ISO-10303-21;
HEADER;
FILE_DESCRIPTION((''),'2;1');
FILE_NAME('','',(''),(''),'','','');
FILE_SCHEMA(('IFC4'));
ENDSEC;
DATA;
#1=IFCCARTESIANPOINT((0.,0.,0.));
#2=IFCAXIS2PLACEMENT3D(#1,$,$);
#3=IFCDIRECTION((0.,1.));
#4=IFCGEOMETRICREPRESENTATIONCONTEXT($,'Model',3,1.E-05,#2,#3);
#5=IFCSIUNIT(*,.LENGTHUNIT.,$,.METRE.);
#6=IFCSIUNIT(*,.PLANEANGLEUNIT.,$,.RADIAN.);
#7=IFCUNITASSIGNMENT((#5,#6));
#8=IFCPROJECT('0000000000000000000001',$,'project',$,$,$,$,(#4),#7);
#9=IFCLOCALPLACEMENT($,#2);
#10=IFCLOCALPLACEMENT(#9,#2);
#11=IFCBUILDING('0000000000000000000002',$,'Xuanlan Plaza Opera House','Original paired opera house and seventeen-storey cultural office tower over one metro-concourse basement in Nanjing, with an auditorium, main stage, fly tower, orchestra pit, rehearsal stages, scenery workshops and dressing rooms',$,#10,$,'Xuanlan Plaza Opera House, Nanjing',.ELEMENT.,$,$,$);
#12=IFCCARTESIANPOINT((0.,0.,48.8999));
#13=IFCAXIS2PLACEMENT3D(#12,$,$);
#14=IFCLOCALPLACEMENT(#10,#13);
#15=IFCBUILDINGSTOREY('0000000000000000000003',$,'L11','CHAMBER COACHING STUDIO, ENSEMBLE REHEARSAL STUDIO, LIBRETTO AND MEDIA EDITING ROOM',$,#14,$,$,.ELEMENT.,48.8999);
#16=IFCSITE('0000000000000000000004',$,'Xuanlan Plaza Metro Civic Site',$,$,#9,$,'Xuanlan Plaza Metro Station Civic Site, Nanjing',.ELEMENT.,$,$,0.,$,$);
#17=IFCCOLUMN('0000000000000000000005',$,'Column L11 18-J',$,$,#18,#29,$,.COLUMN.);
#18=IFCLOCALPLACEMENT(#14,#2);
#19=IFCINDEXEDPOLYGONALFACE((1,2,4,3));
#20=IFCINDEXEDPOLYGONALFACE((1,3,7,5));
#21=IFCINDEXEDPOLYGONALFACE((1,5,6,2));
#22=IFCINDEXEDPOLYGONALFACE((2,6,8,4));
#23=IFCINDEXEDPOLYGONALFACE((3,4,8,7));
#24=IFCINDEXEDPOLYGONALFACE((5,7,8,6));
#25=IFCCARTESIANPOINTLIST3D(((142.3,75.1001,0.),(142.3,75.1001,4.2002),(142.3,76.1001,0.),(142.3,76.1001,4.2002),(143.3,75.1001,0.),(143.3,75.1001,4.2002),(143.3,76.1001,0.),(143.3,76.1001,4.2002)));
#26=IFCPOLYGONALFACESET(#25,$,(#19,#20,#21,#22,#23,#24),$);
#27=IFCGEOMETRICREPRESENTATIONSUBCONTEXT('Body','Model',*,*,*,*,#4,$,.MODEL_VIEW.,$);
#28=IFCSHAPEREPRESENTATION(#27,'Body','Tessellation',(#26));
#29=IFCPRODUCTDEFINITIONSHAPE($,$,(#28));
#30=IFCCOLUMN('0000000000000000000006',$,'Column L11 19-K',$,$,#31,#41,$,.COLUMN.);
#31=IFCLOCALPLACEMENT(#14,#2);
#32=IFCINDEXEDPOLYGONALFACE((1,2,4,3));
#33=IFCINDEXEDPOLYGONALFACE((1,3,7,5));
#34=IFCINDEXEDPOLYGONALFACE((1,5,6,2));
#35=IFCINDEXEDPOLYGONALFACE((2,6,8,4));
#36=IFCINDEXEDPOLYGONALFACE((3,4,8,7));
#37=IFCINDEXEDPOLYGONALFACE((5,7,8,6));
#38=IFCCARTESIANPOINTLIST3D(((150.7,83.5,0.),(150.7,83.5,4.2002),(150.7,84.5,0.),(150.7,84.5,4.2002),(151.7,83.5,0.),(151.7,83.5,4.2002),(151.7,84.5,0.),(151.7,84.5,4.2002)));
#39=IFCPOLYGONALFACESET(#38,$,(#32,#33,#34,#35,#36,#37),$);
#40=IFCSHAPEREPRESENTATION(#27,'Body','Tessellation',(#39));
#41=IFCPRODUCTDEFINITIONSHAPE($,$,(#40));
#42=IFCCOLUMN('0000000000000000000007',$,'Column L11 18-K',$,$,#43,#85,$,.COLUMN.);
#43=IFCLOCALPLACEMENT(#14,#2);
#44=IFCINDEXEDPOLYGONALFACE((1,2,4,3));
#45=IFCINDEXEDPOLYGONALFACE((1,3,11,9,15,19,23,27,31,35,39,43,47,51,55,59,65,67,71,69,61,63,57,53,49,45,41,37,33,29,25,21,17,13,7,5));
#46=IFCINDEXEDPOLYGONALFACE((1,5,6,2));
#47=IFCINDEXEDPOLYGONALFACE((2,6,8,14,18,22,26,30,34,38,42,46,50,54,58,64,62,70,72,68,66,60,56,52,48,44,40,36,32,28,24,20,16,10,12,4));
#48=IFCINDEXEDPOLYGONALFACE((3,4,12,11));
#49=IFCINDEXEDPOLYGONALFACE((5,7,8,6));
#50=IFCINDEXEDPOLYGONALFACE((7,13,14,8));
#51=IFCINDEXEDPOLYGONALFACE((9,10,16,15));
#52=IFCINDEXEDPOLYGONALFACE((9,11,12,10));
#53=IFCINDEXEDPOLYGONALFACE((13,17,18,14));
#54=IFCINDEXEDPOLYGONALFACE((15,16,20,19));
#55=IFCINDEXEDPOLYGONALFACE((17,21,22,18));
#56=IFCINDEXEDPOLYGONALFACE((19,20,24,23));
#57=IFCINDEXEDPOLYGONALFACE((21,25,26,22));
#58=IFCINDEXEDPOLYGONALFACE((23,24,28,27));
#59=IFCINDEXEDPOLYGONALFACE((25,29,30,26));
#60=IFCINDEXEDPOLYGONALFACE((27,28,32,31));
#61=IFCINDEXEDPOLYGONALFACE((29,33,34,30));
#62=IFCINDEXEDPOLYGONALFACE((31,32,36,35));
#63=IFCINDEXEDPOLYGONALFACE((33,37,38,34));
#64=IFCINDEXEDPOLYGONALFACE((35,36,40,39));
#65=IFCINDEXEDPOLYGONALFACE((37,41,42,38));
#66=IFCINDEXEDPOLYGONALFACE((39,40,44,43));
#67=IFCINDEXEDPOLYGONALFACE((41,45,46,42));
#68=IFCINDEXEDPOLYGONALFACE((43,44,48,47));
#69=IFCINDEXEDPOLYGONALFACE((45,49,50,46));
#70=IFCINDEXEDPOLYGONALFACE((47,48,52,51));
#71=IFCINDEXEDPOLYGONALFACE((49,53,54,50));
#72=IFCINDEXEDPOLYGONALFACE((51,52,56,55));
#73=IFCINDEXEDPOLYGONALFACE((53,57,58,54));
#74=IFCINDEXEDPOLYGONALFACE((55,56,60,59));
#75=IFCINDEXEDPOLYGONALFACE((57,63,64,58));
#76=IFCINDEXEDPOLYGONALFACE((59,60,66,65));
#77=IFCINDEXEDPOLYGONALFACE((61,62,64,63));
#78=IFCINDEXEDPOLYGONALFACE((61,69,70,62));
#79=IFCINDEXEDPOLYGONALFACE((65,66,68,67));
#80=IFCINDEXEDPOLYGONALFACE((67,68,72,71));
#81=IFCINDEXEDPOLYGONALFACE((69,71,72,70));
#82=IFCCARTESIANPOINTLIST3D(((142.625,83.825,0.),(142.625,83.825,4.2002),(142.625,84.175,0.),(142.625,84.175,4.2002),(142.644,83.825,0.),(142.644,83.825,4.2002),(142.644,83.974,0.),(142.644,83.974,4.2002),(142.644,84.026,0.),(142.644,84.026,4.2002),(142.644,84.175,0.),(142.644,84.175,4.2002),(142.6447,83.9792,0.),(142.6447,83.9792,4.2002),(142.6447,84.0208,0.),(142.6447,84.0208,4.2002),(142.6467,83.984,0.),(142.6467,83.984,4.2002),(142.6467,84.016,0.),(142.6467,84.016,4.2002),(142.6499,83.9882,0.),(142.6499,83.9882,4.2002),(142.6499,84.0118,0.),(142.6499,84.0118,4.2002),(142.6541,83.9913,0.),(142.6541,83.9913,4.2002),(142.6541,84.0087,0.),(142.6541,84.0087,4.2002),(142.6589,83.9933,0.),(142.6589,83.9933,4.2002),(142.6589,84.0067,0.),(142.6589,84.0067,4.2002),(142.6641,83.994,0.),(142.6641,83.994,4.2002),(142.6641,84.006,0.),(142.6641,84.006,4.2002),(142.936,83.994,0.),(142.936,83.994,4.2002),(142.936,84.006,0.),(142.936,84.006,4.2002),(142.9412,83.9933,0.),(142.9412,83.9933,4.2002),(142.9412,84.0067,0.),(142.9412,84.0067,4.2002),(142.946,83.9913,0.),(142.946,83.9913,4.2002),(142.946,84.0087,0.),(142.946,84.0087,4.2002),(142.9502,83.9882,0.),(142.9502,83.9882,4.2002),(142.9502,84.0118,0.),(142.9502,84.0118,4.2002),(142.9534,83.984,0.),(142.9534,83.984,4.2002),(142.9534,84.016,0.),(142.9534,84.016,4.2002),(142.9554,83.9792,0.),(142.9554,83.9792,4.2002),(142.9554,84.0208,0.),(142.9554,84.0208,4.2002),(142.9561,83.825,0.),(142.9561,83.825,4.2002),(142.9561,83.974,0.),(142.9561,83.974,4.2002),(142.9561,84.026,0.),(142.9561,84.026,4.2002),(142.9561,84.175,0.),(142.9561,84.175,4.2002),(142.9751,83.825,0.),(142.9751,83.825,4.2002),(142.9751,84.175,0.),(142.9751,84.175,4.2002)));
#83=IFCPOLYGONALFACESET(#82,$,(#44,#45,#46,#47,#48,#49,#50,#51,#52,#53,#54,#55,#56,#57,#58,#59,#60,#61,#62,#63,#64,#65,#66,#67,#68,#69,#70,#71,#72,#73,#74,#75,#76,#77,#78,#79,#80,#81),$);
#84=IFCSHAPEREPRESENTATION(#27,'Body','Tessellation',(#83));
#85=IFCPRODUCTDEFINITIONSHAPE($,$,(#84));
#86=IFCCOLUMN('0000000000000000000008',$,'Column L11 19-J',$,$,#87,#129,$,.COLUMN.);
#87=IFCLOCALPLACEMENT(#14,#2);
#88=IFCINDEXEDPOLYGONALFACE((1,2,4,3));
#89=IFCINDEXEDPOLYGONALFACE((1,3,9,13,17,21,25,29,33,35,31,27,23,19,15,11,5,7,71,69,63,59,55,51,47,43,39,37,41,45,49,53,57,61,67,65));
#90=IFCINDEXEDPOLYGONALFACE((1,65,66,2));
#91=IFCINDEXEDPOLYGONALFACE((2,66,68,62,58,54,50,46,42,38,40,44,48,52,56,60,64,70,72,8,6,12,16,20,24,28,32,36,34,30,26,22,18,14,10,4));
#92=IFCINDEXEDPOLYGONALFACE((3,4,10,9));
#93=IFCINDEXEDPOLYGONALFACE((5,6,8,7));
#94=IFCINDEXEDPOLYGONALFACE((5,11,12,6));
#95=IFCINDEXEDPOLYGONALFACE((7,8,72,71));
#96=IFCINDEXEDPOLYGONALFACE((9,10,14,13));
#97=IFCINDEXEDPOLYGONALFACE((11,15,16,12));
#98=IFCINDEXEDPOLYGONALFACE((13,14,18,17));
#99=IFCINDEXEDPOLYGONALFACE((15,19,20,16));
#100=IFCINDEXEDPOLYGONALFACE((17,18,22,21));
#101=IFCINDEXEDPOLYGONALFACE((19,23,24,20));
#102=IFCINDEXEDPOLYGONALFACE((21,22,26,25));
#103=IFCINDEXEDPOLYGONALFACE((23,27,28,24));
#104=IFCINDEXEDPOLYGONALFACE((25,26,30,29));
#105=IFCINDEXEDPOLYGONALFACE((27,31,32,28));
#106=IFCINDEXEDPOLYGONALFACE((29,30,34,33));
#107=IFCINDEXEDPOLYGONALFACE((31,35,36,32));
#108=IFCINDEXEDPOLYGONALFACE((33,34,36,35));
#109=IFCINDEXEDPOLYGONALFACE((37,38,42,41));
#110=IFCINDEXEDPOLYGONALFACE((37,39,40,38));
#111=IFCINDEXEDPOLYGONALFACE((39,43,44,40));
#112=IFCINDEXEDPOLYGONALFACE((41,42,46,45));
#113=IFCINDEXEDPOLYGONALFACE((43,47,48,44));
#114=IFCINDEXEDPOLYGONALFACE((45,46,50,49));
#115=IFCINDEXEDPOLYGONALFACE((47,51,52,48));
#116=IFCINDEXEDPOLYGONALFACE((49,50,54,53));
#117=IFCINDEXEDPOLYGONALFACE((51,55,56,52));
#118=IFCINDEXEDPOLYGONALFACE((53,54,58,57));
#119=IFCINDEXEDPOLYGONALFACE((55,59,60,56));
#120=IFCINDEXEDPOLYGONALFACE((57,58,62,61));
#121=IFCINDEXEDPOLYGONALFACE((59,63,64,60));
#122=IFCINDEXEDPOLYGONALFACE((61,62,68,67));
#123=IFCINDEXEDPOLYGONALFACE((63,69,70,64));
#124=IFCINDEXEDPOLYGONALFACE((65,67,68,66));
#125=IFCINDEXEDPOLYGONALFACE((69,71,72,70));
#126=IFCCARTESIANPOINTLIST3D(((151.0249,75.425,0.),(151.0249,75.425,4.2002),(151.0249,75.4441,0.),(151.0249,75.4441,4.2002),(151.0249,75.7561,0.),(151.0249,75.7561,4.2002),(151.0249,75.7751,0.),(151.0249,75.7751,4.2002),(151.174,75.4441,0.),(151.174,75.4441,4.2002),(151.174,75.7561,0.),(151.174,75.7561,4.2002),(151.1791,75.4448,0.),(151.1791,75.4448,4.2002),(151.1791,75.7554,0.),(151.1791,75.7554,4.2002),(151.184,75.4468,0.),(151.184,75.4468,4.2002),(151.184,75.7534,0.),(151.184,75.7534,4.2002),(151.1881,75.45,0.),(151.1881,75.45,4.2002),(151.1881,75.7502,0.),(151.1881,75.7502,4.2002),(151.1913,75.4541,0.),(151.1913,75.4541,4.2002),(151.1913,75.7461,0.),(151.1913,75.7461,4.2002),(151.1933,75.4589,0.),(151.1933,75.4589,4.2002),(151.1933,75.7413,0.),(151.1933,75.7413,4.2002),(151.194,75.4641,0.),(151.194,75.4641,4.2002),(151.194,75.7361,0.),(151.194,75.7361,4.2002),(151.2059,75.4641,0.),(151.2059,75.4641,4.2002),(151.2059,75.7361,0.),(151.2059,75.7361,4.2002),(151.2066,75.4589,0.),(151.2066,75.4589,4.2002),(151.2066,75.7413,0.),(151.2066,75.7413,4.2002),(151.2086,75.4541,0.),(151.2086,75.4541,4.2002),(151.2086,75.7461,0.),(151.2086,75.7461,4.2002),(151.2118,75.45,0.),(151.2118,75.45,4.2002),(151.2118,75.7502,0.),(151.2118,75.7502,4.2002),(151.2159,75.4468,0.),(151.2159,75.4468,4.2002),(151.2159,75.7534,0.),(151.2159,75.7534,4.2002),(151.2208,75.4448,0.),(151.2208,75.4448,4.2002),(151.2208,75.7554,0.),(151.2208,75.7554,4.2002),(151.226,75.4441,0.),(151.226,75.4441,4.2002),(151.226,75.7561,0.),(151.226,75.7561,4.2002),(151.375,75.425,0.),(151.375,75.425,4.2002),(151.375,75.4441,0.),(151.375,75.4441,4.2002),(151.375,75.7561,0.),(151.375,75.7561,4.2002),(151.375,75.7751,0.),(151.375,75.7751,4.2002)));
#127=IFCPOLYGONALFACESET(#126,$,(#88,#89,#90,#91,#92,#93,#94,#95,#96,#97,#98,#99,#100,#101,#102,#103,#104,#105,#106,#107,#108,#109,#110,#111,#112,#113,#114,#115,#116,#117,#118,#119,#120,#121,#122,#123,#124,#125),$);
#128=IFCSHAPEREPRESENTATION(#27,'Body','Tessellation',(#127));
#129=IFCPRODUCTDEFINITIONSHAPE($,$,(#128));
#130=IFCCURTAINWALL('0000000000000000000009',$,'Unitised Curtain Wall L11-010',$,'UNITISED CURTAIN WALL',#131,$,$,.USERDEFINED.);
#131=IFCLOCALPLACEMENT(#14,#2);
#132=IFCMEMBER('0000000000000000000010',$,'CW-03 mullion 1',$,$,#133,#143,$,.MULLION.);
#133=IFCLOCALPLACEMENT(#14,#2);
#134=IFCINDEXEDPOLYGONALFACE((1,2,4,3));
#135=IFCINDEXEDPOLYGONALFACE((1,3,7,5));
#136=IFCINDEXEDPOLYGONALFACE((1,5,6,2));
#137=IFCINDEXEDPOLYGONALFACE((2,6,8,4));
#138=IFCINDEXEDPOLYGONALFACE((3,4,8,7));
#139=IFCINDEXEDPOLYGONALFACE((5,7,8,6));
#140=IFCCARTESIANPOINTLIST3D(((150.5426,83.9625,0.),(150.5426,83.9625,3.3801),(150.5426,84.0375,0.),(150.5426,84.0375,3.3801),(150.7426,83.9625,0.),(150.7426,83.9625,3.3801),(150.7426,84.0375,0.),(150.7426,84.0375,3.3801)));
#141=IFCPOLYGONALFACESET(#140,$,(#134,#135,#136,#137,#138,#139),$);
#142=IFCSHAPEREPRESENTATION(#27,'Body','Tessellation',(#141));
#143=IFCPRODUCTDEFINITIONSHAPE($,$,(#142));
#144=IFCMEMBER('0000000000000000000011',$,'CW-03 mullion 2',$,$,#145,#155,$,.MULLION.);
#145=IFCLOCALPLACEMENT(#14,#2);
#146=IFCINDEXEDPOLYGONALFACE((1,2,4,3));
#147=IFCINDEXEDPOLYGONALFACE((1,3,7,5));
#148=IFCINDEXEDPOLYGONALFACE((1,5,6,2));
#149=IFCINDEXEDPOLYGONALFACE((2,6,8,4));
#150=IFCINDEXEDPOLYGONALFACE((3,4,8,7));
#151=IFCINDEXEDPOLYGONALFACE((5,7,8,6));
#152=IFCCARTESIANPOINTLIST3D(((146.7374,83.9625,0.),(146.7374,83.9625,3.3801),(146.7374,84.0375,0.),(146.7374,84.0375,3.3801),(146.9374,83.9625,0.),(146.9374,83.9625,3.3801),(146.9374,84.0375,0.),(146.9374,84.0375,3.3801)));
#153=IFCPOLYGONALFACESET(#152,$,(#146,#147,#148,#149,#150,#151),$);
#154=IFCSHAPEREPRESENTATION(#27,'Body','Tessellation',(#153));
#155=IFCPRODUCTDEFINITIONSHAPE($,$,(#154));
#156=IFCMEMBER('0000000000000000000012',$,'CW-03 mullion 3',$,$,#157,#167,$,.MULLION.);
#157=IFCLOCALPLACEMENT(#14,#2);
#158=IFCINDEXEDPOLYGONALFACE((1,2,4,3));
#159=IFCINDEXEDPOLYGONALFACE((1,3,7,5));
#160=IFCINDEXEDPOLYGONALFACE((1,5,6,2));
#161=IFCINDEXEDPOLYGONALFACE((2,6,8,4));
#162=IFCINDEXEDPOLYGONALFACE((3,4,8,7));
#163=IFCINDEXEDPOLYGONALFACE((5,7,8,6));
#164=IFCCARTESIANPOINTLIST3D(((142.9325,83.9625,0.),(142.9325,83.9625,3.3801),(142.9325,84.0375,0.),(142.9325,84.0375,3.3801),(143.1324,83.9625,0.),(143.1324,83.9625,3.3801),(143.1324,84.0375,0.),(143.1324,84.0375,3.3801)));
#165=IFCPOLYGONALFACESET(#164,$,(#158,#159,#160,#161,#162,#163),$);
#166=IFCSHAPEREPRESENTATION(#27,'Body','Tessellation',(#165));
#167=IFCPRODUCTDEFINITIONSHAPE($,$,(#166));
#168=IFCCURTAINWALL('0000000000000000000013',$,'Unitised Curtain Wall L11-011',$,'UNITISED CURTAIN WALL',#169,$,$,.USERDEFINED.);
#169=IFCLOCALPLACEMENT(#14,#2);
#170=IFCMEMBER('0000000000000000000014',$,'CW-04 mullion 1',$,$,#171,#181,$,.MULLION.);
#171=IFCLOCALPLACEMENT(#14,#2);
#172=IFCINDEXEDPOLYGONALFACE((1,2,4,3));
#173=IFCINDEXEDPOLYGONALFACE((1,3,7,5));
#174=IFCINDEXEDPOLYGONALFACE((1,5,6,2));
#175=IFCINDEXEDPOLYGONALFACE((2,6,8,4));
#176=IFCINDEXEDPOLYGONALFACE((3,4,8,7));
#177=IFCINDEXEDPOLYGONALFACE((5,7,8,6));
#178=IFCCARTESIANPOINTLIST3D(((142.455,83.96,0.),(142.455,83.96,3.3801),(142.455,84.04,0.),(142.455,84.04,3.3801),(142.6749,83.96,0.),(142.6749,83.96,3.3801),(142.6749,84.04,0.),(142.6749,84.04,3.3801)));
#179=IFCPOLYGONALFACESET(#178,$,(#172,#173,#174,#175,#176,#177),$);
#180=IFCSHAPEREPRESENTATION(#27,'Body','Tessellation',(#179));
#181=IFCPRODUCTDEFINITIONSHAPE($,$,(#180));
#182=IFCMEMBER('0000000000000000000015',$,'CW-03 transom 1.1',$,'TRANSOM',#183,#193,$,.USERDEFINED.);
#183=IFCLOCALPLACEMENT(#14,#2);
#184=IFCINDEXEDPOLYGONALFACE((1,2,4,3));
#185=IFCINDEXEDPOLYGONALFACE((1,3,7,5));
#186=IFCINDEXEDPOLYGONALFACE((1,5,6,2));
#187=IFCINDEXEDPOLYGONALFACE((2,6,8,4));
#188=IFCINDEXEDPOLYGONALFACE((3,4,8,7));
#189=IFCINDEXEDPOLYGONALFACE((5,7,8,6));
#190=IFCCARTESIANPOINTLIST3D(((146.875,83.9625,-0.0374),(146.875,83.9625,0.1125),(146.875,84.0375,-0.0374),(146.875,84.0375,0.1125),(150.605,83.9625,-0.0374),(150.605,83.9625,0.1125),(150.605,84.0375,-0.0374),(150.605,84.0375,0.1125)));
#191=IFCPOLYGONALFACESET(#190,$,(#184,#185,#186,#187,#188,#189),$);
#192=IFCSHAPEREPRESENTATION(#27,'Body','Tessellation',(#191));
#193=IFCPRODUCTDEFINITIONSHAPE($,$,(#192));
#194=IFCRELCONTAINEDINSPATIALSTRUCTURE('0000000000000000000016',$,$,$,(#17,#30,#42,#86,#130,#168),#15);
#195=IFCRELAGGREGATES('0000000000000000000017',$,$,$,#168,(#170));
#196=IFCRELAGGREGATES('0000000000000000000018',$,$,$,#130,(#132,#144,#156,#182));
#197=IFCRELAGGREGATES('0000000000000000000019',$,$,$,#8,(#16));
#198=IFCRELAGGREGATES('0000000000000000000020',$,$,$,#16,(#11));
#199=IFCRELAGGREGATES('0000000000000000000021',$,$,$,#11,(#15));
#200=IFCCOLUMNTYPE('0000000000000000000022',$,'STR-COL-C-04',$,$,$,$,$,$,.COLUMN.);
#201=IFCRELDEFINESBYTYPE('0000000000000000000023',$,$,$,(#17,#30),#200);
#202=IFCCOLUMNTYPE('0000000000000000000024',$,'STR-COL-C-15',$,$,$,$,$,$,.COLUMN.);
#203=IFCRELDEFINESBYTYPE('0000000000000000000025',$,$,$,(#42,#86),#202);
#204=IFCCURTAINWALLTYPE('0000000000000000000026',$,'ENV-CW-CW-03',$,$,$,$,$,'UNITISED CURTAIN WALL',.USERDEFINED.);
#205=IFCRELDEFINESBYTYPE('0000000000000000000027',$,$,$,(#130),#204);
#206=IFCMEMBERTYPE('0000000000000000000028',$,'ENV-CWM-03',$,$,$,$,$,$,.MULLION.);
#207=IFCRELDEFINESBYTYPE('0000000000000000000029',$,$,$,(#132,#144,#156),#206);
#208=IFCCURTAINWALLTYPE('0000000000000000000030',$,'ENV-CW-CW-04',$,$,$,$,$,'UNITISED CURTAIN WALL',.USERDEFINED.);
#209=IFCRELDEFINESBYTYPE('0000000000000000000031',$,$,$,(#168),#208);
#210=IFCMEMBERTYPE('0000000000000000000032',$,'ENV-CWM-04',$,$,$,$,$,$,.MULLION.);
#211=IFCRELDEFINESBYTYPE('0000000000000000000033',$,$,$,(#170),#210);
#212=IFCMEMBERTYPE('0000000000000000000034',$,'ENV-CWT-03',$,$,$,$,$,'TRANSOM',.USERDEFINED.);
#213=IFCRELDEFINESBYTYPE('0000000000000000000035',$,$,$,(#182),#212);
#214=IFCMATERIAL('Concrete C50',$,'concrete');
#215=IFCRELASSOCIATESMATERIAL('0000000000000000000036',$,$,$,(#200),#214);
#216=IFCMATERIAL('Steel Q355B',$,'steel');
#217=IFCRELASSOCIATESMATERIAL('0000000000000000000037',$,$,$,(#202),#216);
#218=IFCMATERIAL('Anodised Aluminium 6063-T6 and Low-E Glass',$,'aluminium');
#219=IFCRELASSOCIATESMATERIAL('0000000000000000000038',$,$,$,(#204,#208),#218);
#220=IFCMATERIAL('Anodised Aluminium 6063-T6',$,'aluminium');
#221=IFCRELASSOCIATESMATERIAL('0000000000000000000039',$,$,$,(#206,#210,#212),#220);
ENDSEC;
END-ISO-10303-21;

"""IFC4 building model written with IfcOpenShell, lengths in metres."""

from ifc_helpers import new_model, si_unit, direction, frame, origin, origin_2d, place, context, subcontext, project, spatial, rectangle, i_section, extrude, material, material_profile, profile_set, type_object, element, aggregate, save


model = new_model("IFC4")

# Units and contexts
model_context = context("Model", 3, precision=1e-05, world=origin(), true_north=direction((0.0, 1.0)))
body_context = subcontext(model_context, "Body", "Model", "MODEL_VIEW")
ifc_project = project(units=[si_unit("LENGTHUNIT", "METRE"), si_unit("PLANEANGLEUNIT", "RADIAN")], contexts=[model_context])

# Site, building, storey
site_placement = place(None, origin())
site = spatial("IfcSite", under=ifc_project, at=site_placement, Name="Xuanlan Plaza Metro Civic Site", LongName="Xuanlan Plaza Metro Station Civic Site, Nanjing", CompositionType="ELEMENT", RefElevation=0.0)
building_placement = place(site_placement, origin())
building = spatial("IfcBuilding", under=site, at=building_placement, Name="Xuanlan Plaza Opera House", Description="Original paired opera house and seventeen-storey cultural office tower over one metro-concourse basement in Nanjing, with an auditorium, main stage, fly tower, orchestra pit, rehearsal stages, scenery workshops and dressing rooms", LongName="Xuanlan Plaza Opera House, Nanjing", CompositionType="ELEMENT")
storey_placement = place(building_placement, frame((0.0, 0.0, 48.8999)))
storey = spatial("IfcBuildingStorey", under=building, at=storey_placement, Name="L11", Description="CHAMBER COACHING STUDIO, ENSEMBLE REHEARSAL STUDIO, LIBRETTO AND MEDIA EDITING ROOM", CompositionType="ELEMENT", Elevation=48.8999)

# Columns
ifc_material_1 = material(Name="Concrete C50", Category="concrete")
ifc_material_profile_1 = material_profile(ifc_material_1, rectangle(XDim=1.0, YDim=1.0, at=origin_2d()), Name="RC-COL 1000x1000")
ifc_profile_set_1 = profile_set([ifc_material_profile_1], Name="Concrete C50")
column_type_1 = type_object("IfcColumnType", Name="STR-COL-C-04", PredefinedType="COLUMN", material=ifc_profile_set_1)
for number, where, z_axis, x_axis, name in (
    (1, (142.8, 75.6001, 0.0), (0.0, 0.0, 1.0), (1.0, 0.0, 0.0), "Column L11 18-J"),
    (2, (151.2, 84.0, 0.0), (0.0, 0.0, 1.0), (1.0, 0.0, 0.0), "Column L11 19-K"),
):
    element("IfcColumn", number, at=place(storey_placement, frame(where, z_axis=z_axis, x_axis=x_axis)), inside=storey, type_object=column_type_1, Name=name, PredefinedType="COLUMN", context=body_context, shape_type="SweptSolid", body=[
        extrude(rectangle(XDim=1.0, YDim=1.0, at=origin_2d()), origin(), (0.0, 0.0, 1.0), 4.2002),
    ])
ifc_material_2 = material(Name="Steel Q355B", Category="steel")
ifc_material_profile_2 = material_profile(ifc_material_2, i_section(OverallWidth=0.3501, OverallDepth=0.3501, WebThickness=0.012, FlangeThickness=0.019, FilletRadius=0.02, at=origin_2d()), Name="HW 350x350x12x19")
ifc_profile_set_2 = profile_set([ifc_material_profile_2], Name="Steel Q355B")
column_type_2 = type_object("IfcColumnType", Name="STR-COL-C-15", PredefinedType="COLUMN", material=ifc_profile_set_2)
for number, where, z_axis, x_axis, name in (
    (3, (142.8, 84.0, 0.0), (0.0, 0.0, 1.0), (0.0, 1.0, 0.0), "Column L11 18-K"),
    (4, (151.2, 75.6001, 0.0), (0.0, 0.0, 1.0), (1.0, 0.0, 0.0), "Column L11 19-J"),
):
    element("IfcColumn", number, at=place(storey_placement, frame(where, z_axis=z_axis, x_axis=x_axis)), inside=storey, type_object=column_type_2, Name=name, PredefinedType="COLUMN", context=body_context, shape_type="SweptSolid", body=[
        extrude(i_section(OverallWidth=0.3501, OverallDepth=0.3501, WebThickness=0.012, FlangeThickness=0.019, FilletRadius=0.02, at=origin_2d()), origin(), (0.0, 0.0, 1.0), 4.2002),
    ])

# Curtain wall, members
ifc_material_3 = material(Name="Anodised Aluminium 6063-T6 and Low-E Glass", Category="aluminium")
curtain_wall_type_1 = type_object("IfcCurtainWallType", Name="ENV-CW-CW-03", ElementType="UNITISED CURTAIN WALL", PredefinedType="USERDEFINED", material=ifc_material_3)
curtain_wall_1_placement = place(storey_placement, origin())
curtain_wall_1 = element("IfcCurtainWall", 5, at=curtain_wall_1_placement, inside=storey, type_object=curtain_wall_type_1, Name="Unitised Curtain Wall L11-010", ObjectType="UNITISED CURTAIN WALL", PredefinedType="USERDEFINED")
ifc_material_4 = material(Name="Anodised Aluminium 6063-T6", Category="aluminium")
ifc_material_profile_3 = material_profile(ifc_material_4, rectangle(XDim=0.075, YDim=0.2, at=origin_2d()), Name="ALU-M 75x200")
ifc_profile_set_3 = profile_set([ifc_material_profile_3], Name="Anodised Aluminium 6063-T6")
member_type_1 = type_object("IfcMemberType", Name="ENV-CWM-03", PredefinedType="MULLION", material=ifc_profile_set_3)
member_1_placement = place(storey_placement, frame((150.6426, 84.0, 0.0), z_axis=(0.0, 0.0, 1.0), x_axis=(0.0, -1.0, 0.0)))
member_1 = element("IfcMember", 6, at=member_1_placement, type_object=member_type_1, Name="CW-03 mullion 1", PredefinedType="MULLION", context=body_context, shape_type="SweptSolid", body=[
    extrude(rectangle(XDim=0.075, YDim=0.2, at=origin_2d()), origin(), (0.0, 0.0, 1.0), 3.3801),
])
member_2_placement = place(storey_placement, frame((146.8374, 84.0, 0.0), z_axis=(0.0, 0.0, 1.0), x_axis=(0.0, -1.0, 0.0)))
member_2 = element("IfcMember", 7, at=member_2_placement, type_object=member_type_1, Name="CW-03 mullion 2", PredefinedType="MULLION", context=body_context, shape_type="SweptSolid", body=[
    extrude(rectangle(XDim=0.075, YDim=0.2, at=origin_2d()), origin(), (0.0, 0.0, 1.0), 3.3801),
])
member_3_placement = place(storey_placement, frame((143.0325, 84.0, 0.0), z_axis=(0.0, 0.0, 1.0), x_axis=(0.0, -1.0, 0.0)))
member_3 = element("IfcMember", 8, at=member_3_placement, type_object=member_type_1, Name="CW-03 mullion 3", PredefinedType="MULLION", context=body_context, shape_type="SweptSolid", body=[
    extrude(rectangle(XDim=0.075, YDim=0.2, at=origin_2d()), origin(), (0.0, 0.0, 1.0), 3.3801),
])

# Curtain wall, member
curtain_wall_type_2 = type_object("IfcCurtainWallType", Name="ENV-CW-CW-04", ElementType="UNITISED CURTAIN WALL", PredefinedType="USERDEFINED", material=ifc_material_3)
curtain_wall_2_placement = place(storey_placement, origin())
curtain_wall_2 = element("IfcCurtainWall", 9, at=curtain_wall_2_placement, inside=storey, type_object=curtain_wall_type_2, Name="Unitised Curtain Wall L11-011", ObjectType="UNITISED CURTAIN WALL", PredefinedType="USERDEFINED")
ifc_material_profile_4 = material_profile(ifc_material_4, rectangle(XDim=0.0801, YDim=0.22, at=origin_2d()), Name="ALU-M 80x220")
ifc_profile_set_4 = profile_set([ifc_material_profile_4], Name="Anodised Aluminium 6063-T6")
member_type_2 = type_object("IfcMemberType", Name="ENV-CWM-04", PredefinedType="MULLION", material=ifc_profile_set_4)
member_4_placement = place(storey_placement, frame((142.5649, 84.0, 0.0), z_axis=(0.0, 0.0, 1.0), x_axis=(0.0, -1.0, 0.0)))
member_4 = element("IfcMember", 10, at=member_4_placement, type_object=member_type_2, Name="CW-04 mullion 1", PredefinedType="MULLION", context=body_context, shape_type="SweptSolid", body=[
    extrude(rectangle(XDim=0.0801, YDim=0.22, at=origin_2d()), origin(), (0.0, 0.0, 1.0), 3.3801),
])

# Member
ifc_material_profile_5 = material_profile(ifc_material_4, rectangle(XDim=0.075, YDim=0.1499, at=origin_2d()), Name="ALU-T 75x150")
ifc_profile_set_5 = profile_set([ifc_material_profile_5], Name="Anodised Aluminium 6063-T6")
member_type_3 = type_object("IfcMemberType", Name="ENV-CWT-03", ElementType="TRANSOM", PredefinedType="USERDEFINED", material=ifc_profile_set_5)
member_5_placement = place(storey_placement, frame((150.605, 84.0, 0.0376), z_axis=(-1.0, 0.0, 0.0), x_axis=(0.0, -1.0, 0.0)))
member_5 = element("IfcMember", 11, at=member_5_placement, type_object=member_type_3, Name="CW-03 transom 1.1", ObjectType="TRANSOM", PredefinedType="USERDEFINED", context=body_context, shape_type="SweptSolid", body=[
    extrude(rectangle(XDim=0.075, YDim=0.1499, at=origin_2d()), origin(), (0.0, 0.0, 1.0), 3.73),
])
aggregate(curtain_wall_2, [member_4])

aggregate(curtain_wall_1, [member_1, member_2, member_3, member_5])

save(model, "model.ifc")
